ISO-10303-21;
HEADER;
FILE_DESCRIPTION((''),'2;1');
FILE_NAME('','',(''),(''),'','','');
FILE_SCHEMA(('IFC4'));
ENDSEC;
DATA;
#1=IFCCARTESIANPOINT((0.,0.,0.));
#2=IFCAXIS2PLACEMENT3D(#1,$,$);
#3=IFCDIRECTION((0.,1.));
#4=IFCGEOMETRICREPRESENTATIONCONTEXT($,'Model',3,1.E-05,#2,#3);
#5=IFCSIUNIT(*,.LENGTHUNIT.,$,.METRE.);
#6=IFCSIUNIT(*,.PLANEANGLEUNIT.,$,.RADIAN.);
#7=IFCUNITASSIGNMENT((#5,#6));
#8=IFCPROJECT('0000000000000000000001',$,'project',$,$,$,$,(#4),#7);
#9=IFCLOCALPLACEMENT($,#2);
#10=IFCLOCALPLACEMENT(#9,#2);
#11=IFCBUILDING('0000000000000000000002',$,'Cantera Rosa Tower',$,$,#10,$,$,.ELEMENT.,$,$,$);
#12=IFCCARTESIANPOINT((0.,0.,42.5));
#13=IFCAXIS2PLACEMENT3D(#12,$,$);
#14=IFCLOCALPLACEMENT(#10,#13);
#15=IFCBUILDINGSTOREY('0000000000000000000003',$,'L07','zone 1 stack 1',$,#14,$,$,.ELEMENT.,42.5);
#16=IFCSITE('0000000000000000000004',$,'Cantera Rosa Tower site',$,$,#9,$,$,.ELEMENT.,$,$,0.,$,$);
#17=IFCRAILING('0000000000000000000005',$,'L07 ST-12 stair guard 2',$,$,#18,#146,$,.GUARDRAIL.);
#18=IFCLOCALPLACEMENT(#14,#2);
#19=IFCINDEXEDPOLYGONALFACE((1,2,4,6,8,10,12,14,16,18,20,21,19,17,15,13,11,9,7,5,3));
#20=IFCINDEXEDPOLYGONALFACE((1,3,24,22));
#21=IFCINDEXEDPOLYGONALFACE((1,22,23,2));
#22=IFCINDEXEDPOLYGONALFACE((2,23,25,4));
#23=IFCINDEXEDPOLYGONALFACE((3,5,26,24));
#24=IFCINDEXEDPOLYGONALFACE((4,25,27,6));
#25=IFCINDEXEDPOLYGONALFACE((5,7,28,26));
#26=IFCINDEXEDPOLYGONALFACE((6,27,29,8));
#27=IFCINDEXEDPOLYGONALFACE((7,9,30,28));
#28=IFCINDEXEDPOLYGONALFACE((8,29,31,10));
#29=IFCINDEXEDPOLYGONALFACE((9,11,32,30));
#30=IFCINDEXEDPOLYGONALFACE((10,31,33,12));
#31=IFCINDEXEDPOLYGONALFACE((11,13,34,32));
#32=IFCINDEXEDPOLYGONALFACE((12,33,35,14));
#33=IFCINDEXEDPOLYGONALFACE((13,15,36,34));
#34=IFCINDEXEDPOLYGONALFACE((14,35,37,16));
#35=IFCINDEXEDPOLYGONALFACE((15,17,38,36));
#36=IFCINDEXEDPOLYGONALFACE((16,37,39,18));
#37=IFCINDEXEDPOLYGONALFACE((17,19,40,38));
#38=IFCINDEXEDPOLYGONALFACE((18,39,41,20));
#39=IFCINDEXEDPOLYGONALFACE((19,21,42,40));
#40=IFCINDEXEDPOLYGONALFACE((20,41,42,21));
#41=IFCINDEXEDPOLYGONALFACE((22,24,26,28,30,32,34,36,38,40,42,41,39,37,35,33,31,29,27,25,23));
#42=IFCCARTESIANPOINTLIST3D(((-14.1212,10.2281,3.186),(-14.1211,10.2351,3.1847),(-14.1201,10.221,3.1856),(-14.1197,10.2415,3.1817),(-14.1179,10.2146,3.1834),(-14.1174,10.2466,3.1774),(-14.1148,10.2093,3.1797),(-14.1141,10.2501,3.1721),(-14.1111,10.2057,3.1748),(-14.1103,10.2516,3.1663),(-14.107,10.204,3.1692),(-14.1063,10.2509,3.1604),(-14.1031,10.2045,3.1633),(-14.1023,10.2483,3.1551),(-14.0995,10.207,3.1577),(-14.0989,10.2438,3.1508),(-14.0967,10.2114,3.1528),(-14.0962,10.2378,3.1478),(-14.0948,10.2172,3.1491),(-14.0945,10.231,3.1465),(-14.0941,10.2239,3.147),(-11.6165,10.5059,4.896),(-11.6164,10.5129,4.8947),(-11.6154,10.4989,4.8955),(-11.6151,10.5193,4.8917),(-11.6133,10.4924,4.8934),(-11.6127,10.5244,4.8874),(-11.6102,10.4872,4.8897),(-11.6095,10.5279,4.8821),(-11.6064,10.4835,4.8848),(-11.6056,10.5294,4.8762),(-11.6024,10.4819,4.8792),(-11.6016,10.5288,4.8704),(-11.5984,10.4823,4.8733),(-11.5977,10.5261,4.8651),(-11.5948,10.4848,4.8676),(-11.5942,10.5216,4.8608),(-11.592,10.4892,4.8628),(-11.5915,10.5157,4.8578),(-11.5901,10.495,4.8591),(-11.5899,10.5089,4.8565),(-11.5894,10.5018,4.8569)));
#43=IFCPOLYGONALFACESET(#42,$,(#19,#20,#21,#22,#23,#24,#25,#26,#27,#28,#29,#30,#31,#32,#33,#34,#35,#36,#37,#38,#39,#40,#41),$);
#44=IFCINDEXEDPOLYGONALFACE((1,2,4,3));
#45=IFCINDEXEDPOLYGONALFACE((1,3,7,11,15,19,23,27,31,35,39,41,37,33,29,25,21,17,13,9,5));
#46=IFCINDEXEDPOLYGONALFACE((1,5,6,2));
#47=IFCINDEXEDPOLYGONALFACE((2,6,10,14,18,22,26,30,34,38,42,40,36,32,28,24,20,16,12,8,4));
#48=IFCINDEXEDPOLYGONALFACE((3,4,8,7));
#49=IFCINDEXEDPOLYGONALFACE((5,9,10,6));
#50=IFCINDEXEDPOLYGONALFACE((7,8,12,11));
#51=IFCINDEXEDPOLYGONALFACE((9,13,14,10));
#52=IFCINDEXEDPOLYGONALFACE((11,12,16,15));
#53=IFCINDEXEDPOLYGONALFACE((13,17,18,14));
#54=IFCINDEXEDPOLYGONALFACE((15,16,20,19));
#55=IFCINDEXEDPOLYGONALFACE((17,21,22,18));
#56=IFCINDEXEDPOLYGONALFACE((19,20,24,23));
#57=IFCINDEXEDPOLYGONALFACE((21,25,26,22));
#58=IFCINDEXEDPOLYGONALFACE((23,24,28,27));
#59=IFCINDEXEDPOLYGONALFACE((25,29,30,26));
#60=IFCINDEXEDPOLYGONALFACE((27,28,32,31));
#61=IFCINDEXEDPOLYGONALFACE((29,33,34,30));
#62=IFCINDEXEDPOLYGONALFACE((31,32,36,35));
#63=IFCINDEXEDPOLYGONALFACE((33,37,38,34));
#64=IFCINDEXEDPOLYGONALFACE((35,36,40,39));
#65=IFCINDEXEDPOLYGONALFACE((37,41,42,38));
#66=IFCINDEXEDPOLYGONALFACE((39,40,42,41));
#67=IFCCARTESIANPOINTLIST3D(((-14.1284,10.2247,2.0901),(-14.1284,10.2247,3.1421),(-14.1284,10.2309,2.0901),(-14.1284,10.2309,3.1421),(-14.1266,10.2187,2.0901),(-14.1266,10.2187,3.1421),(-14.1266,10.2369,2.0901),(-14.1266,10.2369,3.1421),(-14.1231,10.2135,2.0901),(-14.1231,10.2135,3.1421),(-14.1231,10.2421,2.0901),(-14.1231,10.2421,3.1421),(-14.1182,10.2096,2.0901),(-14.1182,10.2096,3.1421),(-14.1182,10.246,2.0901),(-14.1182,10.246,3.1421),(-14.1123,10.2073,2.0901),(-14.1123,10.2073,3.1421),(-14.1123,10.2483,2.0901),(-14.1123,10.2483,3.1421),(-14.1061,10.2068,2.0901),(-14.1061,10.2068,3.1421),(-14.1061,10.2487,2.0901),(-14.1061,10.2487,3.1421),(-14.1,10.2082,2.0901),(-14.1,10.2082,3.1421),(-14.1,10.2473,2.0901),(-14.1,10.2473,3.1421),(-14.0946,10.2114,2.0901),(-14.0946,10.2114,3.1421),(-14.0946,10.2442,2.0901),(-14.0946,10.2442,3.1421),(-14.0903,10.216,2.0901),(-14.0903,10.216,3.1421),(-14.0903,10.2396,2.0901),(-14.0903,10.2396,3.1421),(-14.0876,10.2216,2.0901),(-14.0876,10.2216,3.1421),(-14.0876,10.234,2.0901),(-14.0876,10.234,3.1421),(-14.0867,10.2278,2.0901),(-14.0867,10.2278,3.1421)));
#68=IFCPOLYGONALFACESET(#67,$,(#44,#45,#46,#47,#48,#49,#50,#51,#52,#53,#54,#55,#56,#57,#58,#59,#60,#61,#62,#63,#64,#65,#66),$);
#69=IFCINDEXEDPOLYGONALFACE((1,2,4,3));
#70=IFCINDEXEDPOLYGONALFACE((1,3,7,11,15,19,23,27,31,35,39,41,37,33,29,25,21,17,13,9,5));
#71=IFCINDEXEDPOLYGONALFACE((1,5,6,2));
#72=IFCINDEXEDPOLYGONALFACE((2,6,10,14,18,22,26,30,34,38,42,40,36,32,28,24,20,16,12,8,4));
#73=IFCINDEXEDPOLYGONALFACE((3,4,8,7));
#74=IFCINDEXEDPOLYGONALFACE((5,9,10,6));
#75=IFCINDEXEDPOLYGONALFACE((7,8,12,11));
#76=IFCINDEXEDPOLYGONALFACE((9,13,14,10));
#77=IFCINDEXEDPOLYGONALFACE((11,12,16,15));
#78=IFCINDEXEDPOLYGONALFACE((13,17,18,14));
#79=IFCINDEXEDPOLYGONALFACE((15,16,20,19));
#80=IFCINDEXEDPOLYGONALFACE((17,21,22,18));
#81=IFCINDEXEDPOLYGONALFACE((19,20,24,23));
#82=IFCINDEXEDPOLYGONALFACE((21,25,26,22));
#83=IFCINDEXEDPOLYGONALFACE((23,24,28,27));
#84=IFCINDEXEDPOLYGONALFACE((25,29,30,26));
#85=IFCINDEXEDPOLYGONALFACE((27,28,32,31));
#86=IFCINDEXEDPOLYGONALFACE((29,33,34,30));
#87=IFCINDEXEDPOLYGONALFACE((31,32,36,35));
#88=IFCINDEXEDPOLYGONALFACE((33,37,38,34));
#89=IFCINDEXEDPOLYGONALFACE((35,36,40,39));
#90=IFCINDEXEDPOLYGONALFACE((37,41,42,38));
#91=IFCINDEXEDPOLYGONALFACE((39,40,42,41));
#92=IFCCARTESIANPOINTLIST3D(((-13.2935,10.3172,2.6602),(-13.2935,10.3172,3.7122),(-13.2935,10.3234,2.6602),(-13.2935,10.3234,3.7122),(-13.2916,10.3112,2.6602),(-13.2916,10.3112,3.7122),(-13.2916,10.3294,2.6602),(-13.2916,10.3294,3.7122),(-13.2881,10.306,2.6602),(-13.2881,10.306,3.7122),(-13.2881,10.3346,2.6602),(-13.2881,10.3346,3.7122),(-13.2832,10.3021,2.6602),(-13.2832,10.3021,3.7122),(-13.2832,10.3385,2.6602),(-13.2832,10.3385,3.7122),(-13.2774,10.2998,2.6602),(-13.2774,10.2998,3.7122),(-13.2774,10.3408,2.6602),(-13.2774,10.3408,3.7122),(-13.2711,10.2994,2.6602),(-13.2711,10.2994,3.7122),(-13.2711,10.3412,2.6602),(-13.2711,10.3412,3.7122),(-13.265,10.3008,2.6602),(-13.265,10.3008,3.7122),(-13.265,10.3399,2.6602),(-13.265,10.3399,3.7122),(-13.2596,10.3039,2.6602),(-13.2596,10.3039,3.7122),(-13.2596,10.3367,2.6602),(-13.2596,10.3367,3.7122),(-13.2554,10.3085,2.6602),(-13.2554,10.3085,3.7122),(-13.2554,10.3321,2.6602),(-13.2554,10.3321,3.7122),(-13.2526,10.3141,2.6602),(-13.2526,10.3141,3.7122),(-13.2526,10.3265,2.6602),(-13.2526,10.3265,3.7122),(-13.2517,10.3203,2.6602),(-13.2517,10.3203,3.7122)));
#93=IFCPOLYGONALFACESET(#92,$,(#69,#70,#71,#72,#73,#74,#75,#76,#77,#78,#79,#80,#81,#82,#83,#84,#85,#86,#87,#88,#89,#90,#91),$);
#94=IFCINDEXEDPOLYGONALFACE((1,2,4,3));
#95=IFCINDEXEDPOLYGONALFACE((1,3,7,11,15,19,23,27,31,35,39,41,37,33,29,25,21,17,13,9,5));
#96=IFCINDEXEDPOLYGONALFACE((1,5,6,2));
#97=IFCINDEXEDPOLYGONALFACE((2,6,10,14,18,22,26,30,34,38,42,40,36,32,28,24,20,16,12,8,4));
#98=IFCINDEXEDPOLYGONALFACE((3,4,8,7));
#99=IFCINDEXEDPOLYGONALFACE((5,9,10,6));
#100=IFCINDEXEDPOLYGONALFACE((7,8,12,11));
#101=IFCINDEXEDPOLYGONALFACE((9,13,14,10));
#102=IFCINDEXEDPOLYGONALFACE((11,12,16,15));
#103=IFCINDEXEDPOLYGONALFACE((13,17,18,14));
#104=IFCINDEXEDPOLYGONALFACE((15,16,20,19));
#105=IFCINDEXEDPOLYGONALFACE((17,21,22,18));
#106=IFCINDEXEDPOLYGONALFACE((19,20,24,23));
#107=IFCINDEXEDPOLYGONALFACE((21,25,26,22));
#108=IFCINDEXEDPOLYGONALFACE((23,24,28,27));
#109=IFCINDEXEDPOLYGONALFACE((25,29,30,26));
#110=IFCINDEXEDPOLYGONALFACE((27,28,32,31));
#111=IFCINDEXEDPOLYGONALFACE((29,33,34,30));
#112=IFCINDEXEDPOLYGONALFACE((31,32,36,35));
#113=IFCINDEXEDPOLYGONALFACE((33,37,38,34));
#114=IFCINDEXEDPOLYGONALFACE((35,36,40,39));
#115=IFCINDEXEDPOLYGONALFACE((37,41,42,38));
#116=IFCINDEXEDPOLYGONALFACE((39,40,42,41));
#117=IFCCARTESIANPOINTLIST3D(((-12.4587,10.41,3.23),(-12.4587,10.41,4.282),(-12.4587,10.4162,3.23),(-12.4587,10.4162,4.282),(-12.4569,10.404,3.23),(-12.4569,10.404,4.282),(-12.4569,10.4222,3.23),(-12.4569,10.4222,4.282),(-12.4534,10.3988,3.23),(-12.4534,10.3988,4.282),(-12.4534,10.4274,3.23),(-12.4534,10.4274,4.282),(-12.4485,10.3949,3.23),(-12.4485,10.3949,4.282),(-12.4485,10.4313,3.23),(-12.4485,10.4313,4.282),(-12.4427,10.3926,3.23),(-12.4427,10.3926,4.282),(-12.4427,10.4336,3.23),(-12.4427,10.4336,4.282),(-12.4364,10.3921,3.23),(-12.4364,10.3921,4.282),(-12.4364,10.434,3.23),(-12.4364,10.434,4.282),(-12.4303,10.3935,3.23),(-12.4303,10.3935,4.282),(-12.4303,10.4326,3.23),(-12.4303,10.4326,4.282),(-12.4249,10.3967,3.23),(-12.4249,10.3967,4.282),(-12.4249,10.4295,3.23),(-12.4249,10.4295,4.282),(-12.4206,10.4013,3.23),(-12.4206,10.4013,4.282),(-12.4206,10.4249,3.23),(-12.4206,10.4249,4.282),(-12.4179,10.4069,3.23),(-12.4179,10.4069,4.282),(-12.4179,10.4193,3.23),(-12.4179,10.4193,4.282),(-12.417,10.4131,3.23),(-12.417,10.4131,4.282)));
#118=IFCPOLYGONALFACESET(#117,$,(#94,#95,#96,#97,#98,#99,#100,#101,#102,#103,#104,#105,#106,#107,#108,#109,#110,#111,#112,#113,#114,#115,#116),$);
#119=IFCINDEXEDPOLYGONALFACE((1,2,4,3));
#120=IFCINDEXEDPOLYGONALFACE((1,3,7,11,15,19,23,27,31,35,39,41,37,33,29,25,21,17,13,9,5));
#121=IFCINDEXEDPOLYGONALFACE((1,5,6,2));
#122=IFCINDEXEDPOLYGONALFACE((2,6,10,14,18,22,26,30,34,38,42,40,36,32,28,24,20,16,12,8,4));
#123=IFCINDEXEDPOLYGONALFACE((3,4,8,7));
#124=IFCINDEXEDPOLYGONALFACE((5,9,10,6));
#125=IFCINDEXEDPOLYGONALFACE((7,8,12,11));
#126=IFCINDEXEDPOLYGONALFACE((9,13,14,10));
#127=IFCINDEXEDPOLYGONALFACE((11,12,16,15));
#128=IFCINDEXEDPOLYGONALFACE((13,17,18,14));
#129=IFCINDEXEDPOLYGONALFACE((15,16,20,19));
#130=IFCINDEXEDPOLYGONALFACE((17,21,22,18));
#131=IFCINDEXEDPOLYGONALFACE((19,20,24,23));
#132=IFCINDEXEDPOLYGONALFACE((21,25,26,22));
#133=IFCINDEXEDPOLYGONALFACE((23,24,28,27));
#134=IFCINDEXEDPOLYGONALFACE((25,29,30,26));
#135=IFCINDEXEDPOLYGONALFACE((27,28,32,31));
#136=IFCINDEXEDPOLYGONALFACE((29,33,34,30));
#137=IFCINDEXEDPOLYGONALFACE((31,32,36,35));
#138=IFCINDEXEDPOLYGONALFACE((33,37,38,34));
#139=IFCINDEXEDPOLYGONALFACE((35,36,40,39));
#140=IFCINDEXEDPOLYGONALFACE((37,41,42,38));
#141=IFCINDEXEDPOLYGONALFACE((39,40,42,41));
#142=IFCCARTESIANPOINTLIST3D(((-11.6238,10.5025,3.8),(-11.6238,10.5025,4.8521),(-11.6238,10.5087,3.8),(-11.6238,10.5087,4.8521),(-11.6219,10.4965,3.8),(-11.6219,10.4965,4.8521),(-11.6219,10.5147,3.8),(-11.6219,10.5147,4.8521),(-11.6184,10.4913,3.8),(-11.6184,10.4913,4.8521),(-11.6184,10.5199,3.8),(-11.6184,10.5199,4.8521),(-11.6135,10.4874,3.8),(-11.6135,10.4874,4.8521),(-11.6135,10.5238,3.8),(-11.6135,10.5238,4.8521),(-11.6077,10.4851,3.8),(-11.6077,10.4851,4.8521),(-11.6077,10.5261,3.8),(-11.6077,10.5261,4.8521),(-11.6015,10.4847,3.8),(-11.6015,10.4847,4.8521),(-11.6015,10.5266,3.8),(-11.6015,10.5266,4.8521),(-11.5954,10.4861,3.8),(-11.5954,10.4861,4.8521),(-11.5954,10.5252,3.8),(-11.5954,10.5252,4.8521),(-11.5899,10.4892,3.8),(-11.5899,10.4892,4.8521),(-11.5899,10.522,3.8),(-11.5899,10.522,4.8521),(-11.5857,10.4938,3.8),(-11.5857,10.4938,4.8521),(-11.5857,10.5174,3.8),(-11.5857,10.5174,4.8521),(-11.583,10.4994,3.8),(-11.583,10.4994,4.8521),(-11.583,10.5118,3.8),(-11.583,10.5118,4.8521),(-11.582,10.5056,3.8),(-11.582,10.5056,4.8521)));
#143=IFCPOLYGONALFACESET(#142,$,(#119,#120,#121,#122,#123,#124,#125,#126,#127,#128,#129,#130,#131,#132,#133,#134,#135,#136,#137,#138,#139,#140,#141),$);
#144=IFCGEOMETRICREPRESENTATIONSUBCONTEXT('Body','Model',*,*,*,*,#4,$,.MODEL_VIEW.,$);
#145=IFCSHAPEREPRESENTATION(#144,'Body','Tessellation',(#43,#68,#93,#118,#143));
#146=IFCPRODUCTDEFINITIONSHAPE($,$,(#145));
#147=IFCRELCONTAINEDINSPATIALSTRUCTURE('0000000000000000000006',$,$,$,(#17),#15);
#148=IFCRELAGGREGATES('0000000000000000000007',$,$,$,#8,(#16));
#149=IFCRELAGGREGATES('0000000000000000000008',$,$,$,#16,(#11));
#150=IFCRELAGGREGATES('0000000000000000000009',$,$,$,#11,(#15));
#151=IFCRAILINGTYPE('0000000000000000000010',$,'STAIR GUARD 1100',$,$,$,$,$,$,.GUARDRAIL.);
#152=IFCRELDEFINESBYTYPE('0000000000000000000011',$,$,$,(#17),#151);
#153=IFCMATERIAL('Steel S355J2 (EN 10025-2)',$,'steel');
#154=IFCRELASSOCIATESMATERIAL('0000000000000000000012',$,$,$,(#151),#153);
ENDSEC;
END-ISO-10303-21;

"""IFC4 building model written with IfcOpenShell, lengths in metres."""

from ifc_helpers import new_model, si_unit, direction, frame, origin, origin_2d, place, context, subcontext, project, spatial, circle, extrude, material, type_object, element, save


model = new_model("IFC4")

# Units and contexts
model_context = context("Model", 3, precision=1e-05, world=origin(), true_north=direction((0.0, 1.0)))
body_context = subcontext(model_context, "Body", "Model", "MODEL_VIEW")
ifc_project = project(units=[si_unit("LENGTHUNIT", "METRE"), si_unit("PLANEANGLEUNIT", "RADIAN")], contexts=[model_context])

# Site, building, storey
site_placement = place(None, origin())
site = spatial("IfcSite", under=ifc_project, at=site_placement, Name="Cantera Rosa Tower site", CompositionType="ELEMENT", RefElevation=0.0)
building_placement = place(site_placement, origin())
building = spatial("IfcBuilding", under=site, at=building_placement, Name="Cantera Rosa Tower", CompositionType="ELEMENT")
storey_placement = place(building_placement, frame((0.0, 0.0, 42.5)))
storey = spatial("IfcBuildingStorey", under=building, at=storey_placement, Name="L07", Description="zone 1 stack 1", CompositionType="ELEMENT", Elevation=42.5)

# Railing
ifc_material_1 = material(Name="Steel S355J2 (EN 10025-2)", Category="steel")
railing_type_1 = type_object("IfcRailingType", Name="STAIR GUARD 1100", PredefinedType="GUARDRAIL", material=ifc_material_1)
railing_1_placement = place(storey_placement, frame((-14.1077, 10.2278, 2.0901)))
element("IfcRailing", 1, at=railing_1_placement, inside=storey, type_object=railing_type_1, Name="L07 ST-12 stair guard 2", PredefinedType="GUARDRAIL", context=body_context, shape_type="SweptSolid", body=[
    extrude(circle(Radius=0.0239, at=origin_2d()), frame((0.0, 0.0, 1.0762), z_axis=(0.822437, 0.091231, 0.561492), x_axis=(-0.110251, 0.993904, 0.0)), (0.0, 0.0, 1.0), 3.0454),
    extrude(circle(Radius=0.021, at=origin_2d()), origin(), (0.0, 0.0, 1.0), 1.052),
    extrude(circle(Radius=0.021, at=origin_2d()), frame((0.835, 0.0925, 0.5701)), (0.0, 0.0, 1.0), 1.052),
    extrude(circle(Radius=0.021, at=origin_2d()), frame((1.6697, 0.1853, 1.1399)), (0.0, 0.0, 1.0), 1.052),
    extrude(circle(Radius=0.021, at=origin_2d()), frame((2.5046, 0.2778, 1.71)), (0.0, 0.0, 1.0), 1.052),
])

save(model, "model.ifc")
